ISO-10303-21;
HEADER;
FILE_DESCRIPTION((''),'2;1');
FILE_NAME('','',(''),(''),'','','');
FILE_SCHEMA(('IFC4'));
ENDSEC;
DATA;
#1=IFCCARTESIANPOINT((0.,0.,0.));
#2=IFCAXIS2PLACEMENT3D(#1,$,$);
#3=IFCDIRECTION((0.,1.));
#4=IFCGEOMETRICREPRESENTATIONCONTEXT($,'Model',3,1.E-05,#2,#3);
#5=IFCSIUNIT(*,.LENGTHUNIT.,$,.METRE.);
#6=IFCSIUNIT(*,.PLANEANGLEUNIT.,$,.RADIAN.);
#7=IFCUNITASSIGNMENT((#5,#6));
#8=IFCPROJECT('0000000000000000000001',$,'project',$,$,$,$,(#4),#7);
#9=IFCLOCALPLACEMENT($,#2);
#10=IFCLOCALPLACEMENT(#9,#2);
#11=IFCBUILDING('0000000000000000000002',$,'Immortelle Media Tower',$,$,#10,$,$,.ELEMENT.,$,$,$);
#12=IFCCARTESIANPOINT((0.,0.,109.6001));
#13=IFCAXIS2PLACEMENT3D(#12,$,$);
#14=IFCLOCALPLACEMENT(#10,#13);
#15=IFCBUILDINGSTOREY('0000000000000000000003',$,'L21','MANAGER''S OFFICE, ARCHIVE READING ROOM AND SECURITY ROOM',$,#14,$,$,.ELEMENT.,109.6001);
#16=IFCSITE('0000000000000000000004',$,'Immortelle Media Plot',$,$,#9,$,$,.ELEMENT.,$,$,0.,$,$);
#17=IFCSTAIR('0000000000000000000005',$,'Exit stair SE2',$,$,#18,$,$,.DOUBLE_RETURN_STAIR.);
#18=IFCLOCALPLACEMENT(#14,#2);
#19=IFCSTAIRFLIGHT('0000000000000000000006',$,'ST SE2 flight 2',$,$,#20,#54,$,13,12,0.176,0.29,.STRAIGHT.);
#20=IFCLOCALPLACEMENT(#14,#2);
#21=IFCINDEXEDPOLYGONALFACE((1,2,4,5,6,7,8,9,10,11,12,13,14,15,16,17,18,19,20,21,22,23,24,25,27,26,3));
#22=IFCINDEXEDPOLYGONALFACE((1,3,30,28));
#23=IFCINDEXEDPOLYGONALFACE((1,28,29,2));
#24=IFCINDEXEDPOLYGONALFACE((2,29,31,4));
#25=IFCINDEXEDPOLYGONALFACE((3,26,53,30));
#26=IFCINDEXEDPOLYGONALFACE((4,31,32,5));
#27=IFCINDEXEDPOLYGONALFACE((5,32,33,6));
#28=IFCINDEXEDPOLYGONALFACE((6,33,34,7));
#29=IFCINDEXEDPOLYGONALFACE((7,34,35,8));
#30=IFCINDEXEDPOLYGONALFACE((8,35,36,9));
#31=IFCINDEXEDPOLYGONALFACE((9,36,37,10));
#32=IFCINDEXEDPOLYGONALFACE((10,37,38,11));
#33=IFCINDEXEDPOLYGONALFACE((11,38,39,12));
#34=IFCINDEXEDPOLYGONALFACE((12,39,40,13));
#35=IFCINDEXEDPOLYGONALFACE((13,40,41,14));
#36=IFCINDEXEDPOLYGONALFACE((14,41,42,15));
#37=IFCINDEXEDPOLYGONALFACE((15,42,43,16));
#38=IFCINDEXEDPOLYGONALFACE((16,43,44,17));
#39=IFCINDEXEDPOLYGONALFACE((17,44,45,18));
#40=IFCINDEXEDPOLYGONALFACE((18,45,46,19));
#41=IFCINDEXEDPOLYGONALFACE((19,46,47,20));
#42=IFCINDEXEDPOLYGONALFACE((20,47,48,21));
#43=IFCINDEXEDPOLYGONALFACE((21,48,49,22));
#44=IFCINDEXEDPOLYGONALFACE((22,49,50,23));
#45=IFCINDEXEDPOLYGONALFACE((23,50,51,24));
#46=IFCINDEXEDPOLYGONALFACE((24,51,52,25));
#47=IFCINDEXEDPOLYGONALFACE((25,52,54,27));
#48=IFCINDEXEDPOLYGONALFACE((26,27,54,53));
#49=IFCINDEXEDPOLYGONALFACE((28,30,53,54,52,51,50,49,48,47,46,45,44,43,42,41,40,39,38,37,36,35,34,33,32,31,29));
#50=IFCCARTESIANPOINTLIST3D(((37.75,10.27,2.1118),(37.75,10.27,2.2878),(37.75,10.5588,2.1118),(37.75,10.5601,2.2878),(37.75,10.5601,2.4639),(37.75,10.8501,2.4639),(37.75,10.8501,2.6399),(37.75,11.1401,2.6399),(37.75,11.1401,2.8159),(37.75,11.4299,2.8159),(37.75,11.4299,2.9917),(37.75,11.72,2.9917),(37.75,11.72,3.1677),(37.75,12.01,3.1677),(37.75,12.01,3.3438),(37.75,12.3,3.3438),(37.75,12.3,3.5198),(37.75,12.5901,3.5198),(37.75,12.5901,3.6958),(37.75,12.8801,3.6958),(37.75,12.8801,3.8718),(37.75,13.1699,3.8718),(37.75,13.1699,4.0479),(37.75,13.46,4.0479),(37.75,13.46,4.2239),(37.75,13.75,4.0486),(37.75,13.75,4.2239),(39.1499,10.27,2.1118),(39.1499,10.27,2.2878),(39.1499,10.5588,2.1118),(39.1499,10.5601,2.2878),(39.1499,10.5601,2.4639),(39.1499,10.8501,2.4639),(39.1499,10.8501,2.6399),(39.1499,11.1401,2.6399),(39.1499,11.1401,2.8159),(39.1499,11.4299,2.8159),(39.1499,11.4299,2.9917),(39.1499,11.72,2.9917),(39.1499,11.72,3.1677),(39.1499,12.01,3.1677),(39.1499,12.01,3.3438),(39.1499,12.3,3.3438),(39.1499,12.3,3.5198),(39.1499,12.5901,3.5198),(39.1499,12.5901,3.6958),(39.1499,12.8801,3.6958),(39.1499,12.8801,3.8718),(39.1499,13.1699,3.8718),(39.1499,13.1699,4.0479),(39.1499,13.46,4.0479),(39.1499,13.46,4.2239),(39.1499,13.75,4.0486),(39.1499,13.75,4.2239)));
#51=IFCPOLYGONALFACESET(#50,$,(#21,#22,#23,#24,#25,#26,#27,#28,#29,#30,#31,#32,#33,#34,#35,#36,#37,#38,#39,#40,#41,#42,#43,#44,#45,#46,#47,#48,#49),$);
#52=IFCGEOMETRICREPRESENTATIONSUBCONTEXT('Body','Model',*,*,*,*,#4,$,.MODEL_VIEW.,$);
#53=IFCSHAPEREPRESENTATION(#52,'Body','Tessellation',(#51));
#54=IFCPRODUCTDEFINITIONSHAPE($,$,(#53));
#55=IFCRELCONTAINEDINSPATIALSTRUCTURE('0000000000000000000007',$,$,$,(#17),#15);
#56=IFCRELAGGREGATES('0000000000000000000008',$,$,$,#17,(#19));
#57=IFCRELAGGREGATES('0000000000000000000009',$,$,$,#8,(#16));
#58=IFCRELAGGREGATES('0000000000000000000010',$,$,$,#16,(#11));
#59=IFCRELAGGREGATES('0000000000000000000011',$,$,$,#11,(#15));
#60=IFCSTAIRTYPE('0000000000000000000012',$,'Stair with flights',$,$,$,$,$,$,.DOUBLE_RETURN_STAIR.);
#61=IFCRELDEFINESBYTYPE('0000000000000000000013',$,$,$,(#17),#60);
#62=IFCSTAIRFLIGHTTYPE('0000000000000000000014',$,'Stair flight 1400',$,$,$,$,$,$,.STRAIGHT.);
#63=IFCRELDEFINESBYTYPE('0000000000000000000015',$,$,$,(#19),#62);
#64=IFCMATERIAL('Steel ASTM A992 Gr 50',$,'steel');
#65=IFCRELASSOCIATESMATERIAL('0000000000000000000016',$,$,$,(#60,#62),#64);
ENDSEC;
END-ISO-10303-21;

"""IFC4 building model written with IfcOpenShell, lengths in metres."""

from ifc_helpers import new_model, si_unit, direction, frame, origin, place, context, subcontext, project, spatial, polyline, outline, extrude, material, type_object, element, aggregate, save


model = new_model("IFC4")

# Units and contexts
model_context = context("Model", 3, precision=1e-05, world=origin(), true_north=direction((0.0, 1.0)))
body_context = subcontext(model_context, "Body", "Model", "MODEL_VIEW")
ifc_project = project(units=[si_unit("LENGTHUNIT", "METRE"), si_unit("PLANEANGLEUNIT", "RADIAN")], contexts=[model_context])

# Site, building, storey
site_placement = place(None, origin())
site = spatial("IfcSite", under=ifc_project, at=site_placement, Name="Immortelle Media Plot", CompositionType="ELEMENT", RefElevation=0.0)
building_placement = place(site_placement, origin())
building = spatial("IfcBuilding", under=site, at=building_placement, Name="Immortelle Media Tower", CompositionType="ELEMENT")
storey_placement = place(building_placement, frame((0.0, 0.0, 109.6001)))
storey = spatial("IfcBuildingStorey", under=building, at=storey_placement, Name="L21", Description="MANAGER'S OFFICE, ARCHIVE READING ROOM AND SECURITY ROOM", CompositionType="ELEMENT", Elevation=109.6001)

# Shared definitions
ifc_material_1 = material(Name="Steel ASTM A992 Gr 50", Category="steel")

# Shared definitions
stair_type = type_object("IfcStairType", Name="Stair with flights", PredefinedType="DOUBLE_RETURN_STAIR", material=ifc_material_1)
stair_flight_type = type_object("IfcStairFlightType", Name="Stair flight 1400", PredefinedType="STRAIGHT", material=ifc_material_1)

# Stair, stair flight
stair_1_placement = place(storey_placement, origin())
stair_1 = element("IfcStair", 1, at=stair_1_placement, inside=storey, type_object=stair_type, Name="Exit stair SE2", PredefinedType="DOUBLE_RETURN_STAIR")
stair_flight_1_placement = place(storey_placement, frame((38.45, 10.27, 2.1118), z_axis=(0.0, 0.0, 1.0), x_axis=(0.0, 1.0, 0.0)))
stair_flight_1 = element("IfcStairFlight", 2, at=stair_flight_1_placement, type_object=stair_flight_type, Name="ST SE2 flight 2", NumberOfRisers=13, NumberOfTreads=12, PredefinedType="STRAIGHT", RiserHeight=0.176, TreadLength=0.29, context=body_context, shape_type="SweptSolid", body=[
    extrude(outline(polyline([(0.0, 0.0), (0.0, 0.176), (0.29, 0.176), (0.29, 0.3521), (0.5801, 0.3521), (0.5801, 0.5281), (0.8701, 0.5281), (0.8701, 0.7041), (1.1599, 0.7041), (1.1599, 0.8799), (1.45, 0.8799), (1.45, 1.0559), (1.74, 1.0559), (1.74, 1.2319), (2.03, 1.2319), (2.03, 1.408), (2.3201, 1.408), (2.3201, 1.584), (2.6101, 1.584), (2.6101, 1.76), (2.8999, 1.76), (2.8999, 1.936), (3.1899, 1.936), (3.1899, 2.1121), (3.48, 2.1121), (3.48, 2.2881), (3.48, 1.9368), (0.2888, 0.0), (0.0, 0.0)])), frame((0.0, 0.7, 0.0), z_axis=(0.0, -1.0, 0.0), x_axis=(1.0, 0.0, 0.0)), (0.0, 0.0, 1.0), 1.3999),
])
aggregate(stair_1, [stair_flight_1])

save(model, "model.ifc")
